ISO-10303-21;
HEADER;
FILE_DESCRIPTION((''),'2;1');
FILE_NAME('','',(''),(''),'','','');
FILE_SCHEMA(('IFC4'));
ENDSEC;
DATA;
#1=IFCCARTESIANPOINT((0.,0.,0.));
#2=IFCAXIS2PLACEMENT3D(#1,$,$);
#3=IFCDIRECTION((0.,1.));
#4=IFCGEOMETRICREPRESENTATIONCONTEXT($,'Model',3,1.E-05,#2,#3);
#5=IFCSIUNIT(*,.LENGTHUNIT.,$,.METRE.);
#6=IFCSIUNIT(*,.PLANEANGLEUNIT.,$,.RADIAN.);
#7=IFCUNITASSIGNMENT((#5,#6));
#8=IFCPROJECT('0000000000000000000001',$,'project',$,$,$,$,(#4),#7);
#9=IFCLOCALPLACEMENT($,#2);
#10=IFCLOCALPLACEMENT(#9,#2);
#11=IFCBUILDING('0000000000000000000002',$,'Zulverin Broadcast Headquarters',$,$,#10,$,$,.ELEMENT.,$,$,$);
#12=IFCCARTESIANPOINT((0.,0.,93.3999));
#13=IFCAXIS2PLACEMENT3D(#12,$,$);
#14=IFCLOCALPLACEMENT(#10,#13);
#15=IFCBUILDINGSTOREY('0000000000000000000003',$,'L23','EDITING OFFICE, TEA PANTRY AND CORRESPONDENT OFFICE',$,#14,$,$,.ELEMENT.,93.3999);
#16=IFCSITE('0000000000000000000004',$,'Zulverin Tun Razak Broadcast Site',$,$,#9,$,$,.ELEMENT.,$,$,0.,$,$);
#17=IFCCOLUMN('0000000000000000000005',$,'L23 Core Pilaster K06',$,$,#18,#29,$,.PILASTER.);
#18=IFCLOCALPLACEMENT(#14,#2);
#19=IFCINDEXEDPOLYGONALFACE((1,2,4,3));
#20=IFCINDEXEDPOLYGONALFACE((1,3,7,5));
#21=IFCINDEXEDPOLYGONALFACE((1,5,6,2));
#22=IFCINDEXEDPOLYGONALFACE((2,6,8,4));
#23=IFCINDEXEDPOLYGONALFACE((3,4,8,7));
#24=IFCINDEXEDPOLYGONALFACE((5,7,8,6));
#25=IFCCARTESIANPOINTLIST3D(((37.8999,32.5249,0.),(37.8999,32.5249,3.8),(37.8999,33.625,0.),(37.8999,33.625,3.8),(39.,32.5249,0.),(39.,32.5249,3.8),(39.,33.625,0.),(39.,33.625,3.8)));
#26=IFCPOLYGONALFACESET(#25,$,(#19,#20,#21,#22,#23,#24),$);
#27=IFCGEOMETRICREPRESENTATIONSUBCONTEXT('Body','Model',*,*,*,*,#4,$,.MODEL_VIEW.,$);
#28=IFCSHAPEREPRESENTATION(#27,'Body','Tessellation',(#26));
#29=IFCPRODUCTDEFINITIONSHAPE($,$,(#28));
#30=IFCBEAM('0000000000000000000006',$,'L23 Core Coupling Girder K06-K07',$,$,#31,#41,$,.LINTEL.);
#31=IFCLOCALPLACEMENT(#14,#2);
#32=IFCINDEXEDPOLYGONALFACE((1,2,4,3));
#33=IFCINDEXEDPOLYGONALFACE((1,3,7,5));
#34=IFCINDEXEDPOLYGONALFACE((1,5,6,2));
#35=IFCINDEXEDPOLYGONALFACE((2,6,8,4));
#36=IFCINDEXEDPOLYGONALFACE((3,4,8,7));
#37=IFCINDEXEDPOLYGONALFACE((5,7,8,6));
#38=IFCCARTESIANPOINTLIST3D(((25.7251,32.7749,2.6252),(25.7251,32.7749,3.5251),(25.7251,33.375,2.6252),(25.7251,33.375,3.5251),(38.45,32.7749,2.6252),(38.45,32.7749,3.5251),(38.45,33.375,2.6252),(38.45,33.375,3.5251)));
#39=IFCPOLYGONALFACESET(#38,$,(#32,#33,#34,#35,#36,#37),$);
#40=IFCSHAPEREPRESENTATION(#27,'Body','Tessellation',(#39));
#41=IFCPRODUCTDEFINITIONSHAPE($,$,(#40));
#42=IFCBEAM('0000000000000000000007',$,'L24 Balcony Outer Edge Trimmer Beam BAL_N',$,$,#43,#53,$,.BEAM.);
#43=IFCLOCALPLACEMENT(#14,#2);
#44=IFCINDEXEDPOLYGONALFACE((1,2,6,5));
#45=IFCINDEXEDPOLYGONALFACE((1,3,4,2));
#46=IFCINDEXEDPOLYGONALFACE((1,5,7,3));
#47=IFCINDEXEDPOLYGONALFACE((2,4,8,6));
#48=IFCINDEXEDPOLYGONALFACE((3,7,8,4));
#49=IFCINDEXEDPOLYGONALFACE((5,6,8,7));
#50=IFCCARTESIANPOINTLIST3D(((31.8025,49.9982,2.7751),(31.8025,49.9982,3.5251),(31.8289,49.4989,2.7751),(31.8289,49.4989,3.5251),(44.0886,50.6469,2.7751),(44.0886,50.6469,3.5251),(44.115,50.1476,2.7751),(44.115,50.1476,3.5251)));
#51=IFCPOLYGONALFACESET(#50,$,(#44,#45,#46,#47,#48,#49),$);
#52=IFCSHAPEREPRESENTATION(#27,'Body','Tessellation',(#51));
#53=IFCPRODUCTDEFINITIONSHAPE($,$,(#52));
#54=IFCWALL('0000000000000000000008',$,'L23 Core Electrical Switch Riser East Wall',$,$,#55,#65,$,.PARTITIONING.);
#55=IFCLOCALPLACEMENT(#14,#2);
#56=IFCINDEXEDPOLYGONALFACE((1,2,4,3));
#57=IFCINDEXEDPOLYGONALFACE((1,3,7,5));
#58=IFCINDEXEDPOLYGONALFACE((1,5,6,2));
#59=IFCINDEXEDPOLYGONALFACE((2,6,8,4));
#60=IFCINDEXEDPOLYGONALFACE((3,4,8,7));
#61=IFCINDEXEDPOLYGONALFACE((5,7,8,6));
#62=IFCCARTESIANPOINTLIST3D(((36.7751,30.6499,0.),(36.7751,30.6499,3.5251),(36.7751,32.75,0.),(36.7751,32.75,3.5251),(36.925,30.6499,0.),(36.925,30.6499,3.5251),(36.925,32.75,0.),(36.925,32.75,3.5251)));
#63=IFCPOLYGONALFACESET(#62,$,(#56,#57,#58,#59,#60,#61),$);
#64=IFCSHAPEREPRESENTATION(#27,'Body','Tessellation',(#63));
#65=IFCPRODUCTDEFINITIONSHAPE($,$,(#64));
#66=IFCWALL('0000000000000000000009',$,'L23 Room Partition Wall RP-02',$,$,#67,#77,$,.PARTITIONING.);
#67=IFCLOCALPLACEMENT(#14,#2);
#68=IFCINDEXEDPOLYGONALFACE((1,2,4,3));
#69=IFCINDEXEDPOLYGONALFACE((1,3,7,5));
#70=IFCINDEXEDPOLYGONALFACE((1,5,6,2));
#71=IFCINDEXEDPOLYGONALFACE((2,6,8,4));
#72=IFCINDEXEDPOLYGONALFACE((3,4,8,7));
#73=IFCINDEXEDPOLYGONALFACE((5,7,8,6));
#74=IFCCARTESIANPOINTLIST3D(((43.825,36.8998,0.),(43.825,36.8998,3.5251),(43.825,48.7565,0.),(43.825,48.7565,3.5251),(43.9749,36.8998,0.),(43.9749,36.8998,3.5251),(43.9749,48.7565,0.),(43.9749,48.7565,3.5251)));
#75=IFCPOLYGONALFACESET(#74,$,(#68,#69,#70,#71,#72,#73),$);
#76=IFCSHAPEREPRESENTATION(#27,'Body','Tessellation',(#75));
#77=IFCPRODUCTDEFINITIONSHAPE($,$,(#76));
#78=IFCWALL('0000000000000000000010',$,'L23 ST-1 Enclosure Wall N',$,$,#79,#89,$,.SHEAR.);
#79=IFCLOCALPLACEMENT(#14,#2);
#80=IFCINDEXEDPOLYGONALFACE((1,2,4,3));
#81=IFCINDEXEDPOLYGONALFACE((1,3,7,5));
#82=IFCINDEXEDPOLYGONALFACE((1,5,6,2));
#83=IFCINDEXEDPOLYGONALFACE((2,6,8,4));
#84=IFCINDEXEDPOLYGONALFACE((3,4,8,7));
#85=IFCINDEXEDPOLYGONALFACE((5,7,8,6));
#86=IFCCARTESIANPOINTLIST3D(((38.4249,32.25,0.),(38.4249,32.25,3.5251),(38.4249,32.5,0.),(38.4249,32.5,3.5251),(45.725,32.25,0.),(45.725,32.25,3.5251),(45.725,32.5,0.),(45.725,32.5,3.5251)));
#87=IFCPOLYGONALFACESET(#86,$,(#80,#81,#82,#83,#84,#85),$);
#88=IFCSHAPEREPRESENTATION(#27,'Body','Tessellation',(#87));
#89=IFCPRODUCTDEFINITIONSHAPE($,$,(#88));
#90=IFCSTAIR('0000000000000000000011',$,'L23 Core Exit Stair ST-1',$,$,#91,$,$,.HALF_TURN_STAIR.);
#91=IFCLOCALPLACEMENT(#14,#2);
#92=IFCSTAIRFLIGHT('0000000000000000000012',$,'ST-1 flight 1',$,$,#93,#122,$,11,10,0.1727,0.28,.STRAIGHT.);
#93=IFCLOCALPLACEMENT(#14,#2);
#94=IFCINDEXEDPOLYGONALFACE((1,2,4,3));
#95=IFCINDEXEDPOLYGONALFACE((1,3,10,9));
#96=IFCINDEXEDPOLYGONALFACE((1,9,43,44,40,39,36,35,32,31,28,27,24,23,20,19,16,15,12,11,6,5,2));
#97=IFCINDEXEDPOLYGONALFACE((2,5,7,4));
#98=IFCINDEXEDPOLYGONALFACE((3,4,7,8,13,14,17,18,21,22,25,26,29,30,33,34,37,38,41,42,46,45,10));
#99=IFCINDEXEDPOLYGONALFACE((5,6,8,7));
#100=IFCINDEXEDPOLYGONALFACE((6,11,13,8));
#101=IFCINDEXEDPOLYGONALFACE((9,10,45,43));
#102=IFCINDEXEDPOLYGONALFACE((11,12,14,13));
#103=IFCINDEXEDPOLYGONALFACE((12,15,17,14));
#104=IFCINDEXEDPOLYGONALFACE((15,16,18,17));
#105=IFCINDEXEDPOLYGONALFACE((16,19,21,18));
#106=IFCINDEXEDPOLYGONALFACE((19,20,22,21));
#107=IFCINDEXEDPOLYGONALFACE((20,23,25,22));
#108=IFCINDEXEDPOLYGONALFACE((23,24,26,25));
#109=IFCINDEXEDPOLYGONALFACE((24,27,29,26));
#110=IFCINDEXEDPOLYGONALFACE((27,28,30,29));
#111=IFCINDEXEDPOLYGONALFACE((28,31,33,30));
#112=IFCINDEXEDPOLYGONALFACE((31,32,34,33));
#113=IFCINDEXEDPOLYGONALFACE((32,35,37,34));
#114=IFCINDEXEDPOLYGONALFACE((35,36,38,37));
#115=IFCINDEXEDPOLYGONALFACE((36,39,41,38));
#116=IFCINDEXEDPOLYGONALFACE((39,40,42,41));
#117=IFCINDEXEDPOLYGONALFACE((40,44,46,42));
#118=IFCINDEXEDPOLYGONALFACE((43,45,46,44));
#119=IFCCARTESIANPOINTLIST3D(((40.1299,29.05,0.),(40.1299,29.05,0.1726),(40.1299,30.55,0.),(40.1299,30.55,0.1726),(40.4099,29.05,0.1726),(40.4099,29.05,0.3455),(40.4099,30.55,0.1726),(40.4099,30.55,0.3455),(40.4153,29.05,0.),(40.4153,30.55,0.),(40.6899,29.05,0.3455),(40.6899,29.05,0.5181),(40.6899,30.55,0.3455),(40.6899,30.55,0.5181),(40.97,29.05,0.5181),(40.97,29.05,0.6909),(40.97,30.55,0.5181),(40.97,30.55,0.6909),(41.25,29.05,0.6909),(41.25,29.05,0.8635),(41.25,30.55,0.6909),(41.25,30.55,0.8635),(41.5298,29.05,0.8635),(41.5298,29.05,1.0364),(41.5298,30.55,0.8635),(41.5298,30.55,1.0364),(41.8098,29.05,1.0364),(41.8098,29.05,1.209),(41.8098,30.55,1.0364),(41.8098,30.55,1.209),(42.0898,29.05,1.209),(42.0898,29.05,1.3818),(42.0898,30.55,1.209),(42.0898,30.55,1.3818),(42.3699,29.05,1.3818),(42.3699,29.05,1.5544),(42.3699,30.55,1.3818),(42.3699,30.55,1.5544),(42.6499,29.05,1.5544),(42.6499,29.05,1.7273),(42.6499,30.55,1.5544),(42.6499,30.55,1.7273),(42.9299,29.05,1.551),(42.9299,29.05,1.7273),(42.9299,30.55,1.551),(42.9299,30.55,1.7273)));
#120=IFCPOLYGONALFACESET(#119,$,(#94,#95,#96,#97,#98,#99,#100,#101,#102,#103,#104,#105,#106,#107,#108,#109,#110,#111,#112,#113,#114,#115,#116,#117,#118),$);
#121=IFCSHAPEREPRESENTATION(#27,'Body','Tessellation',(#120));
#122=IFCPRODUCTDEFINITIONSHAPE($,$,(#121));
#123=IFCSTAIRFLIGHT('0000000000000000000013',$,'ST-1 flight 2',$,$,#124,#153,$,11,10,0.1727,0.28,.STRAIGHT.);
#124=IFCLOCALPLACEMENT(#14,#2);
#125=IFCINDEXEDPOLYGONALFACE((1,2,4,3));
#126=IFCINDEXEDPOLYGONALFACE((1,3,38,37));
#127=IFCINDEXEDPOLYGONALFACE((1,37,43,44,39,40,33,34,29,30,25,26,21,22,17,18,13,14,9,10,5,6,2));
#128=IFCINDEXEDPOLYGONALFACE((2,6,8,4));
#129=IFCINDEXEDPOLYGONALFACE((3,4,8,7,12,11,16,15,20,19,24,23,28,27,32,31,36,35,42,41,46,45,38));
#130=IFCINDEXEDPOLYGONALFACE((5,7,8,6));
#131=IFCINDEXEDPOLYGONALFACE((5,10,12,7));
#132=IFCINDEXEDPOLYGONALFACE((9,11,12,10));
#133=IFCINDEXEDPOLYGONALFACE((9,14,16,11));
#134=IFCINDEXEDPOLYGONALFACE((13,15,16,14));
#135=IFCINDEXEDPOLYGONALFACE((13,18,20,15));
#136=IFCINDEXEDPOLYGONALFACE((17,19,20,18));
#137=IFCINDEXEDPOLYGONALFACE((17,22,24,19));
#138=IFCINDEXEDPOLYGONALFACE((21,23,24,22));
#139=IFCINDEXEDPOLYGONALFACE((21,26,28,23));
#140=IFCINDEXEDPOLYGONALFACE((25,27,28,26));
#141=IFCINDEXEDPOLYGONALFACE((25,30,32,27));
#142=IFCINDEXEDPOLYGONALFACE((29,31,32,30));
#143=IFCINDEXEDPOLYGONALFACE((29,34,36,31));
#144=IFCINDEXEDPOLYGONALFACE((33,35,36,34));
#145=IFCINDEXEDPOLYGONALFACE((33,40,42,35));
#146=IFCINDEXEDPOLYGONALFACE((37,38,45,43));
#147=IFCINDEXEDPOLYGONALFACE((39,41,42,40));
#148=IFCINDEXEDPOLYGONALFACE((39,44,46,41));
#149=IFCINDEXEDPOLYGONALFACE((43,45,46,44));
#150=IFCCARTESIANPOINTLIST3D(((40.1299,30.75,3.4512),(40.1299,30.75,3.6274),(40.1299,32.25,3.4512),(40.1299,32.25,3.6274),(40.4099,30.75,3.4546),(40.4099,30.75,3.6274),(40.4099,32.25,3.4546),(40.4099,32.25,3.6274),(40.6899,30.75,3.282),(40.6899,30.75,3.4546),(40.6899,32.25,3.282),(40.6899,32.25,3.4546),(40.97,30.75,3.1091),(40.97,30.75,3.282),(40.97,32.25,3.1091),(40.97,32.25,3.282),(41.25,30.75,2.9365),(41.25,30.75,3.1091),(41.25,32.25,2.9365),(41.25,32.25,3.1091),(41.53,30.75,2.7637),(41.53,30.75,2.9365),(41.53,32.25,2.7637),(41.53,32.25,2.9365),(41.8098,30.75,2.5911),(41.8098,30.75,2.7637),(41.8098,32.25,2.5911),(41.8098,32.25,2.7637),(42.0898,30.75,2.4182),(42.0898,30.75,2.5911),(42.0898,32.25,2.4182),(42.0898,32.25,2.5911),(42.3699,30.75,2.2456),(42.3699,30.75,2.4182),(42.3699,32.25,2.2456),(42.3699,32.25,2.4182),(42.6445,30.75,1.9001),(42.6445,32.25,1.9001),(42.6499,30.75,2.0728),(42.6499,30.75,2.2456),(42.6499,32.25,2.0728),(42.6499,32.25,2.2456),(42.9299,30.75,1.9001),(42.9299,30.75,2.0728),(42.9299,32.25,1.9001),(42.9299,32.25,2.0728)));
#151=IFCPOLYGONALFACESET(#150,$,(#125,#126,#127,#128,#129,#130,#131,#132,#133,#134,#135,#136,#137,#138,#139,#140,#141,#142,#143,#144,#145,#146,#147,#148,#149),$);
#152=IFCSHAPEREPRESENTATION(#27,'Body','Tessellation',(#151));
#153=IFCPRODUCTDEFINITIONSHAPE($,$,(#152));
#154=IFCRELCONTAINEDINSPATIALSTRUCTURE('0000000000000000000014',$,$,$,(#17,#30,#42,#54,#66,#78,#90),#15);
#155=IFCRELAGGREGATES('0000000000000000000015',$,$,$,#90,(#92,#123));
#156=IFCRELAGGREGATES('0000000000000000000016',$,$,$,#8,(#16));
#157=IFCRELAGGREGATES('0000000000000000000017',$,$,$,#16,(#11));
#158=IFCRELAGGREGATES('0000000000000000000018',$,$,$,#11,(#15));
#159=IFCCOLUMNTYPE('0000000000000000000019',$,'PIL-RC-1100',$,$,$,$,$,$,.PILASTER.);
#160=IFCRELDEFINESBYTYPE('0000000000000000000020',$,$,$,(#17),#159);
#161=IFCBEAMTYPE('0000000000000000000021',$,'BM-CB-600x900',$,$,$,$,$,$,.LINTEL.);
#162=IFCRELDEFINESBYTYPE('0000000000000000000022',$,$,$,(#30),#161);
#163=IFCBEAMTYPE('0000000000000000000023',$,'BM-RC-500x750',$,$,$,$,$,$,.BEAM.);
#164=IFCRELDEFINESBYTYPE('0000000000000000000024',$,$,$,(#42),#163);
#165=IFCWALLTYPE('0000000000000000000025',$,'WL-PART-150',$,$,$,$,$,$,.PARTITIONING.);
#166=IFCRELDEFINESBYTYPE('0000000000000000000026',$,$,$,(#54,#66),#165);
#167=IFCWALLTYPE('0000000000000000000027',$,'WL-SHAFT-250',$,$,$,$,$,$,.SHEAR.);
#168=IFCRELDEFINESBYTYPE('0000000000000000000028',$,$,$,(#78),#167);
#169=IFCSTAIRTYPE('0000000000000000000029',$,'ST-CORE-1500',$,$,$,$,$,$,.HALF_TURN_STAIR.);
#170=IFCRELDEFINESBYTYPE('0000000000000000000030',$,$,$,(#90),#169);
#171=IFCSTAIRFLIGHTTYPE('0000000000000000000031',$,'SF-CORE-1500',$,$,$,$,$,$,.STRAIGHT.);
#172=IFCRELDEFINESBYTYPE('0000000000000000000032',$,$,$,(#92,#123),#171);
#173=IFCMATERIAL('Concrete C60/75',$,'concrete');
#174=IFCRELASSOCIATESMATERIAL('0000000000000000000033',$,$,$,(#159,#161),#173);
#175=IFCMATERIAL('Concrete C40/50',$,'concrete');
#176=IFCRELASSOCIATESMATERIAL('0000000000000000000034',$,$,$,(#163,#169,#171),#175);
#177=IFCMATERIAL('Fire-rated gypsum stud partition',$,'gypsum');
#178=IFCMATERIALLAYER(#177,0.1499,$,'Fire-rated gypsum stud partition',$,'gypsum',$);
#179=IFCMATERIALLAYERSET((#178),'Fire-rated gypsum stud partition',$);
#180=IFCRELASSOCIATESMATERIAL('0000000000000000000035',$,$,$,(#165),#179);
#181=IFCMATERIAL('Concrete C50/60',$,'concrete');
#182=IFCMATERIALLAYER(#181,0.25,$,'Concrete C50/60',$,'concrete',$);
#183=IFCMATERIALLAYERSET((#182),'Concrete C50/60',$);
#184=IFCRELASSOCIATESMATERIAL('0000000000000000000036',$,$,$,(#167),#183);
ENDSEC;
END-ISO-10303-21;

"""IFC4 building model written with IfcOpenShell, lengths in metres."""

from ifc_helpers import new_model, si_unit, direction, frame, frame_2d, origin, origin_2d, place, context, subcontext, project, spatial, polyline, rectangle, outline, extrude, material, layer, layer_set, material_profile, profile_set, type_object, element, aggregate, save


model = new_model("IFC4")

# Units and contexts
model_context = context("Model", 3, precision=1e-05, world=origin(), true_north=direction((0.0, 1.0)))
body_context = subcontext(model_context, "Body", "Model", "MODEL_VIEW")
ifc_project = project(units=[si_unit("LENGTHUNIT", "METRE"), si_unit("PLANEANGLEUNIT", "RADIAN")], contexts=[model_context])

# Site, building, storey
site_placement = place(None, origin())
site = spatial("IfcSite", under=ifc_project, at=site_placement, Name="Zulverin Tun Razak Broadcast Site", CompositionType="ELEMENT", RefElevation=0.0)
building_placement = place(site_placement, origin())
building = spatial("IfcBuilding", under=site, at=building_placement, Name="Zulverin Broadcast Headquarters", CompositionType="ELEMENT")
storey_placement = place(building_placement, frame((0.0, 0.0, 93.3999)))
storey = spatial("IfcBuildingStorey", under=building, at=storey_placement, Name="L23", Description="EDITING OFFICE, TEA PANTRY AND CORRESPONDENT OFFICE", CompositionType="ELEMENT", Elevation=93.3999)

# Column
ifc_material_1 = material(Name="Concrete C60/75", Category="concrete")
ifc_material_profile_1 = material_profile(ifc_material_1, rectangle(XDim=1.1001, YDim=1.1001, at=origin_2d()), Name="Concrete C60/75", Category="concrete")
ifc_profile_set_1 = profile_set([ifc_material_profile_1], Name="Concrete C60/75")
column_type = type_object("IfcColumnType", Name="PIL-RC-1100", PredefinedType="PILASTER", material=ifc_profile_set_1)
column_placement = place(storey_placement, frame((38.45, 33.075, 0.0), z_axis=(0.0, 0.0, 1.0), x_axis=(1.0, 0.0, 0.0)))
element("IfcColumn", 1, at=column_placement, inside=storey, type_object=column_type, Name="L23 Core Pilaster K06", PredefinedType="PILASTER", context=body_context, shape_type="SweptSolid", body=[
    extrude(rectangle(XDim=1.1001, YDim=1.1001, at=origin_2d()), origin(), (0.0, 0.0, 1.0), 3.8),
])

# Beams
ifc_material_profile_2 = material_profile(ifc_material_1, rectangle(XDim=0.6001, YDim=0.8999, at=origin_2d()), Name="Concrete C60/75", Category="concrete")
ifc_profile_set_2 = profile_set([ifc_material_profile_2], Name="Concrete C60/75")
beam_type_1 = type_object("IfcBeamType", Name="BM-CB-600x900", PredefinedType="LINTEL", material=ifc_profile_set_2)
beam_1_placement = place(storey_placement, frame((38.45, 33.075, 3.0752), z_axis=(-1.0, 0.0, 0.0), x_axis=(0.0, -1.0, 0.0)))
element("IfcBeam", 2, at=beam_1_placement, inside=storey, type_object=beam_type_1, Name="L23 Core Coupling Girder K06-K07", PredefinedType="LINTEL", context=body_context, shape_type="SweptSolid", body=[
    extrude(rectangle(XDim=0.6001, YDim=0.8999, at=origin_2d()), origin(), (0.0, 0.0, 1.0), 12.7249),
])
ifc_material_2 = material(Name="Concrete C40/50", Category="concrete")
ifc_material_profile_3 = material_profile(ifc_material_2, rectangle(XDim=0.5, YDim=0.75, at=origin_2d()), Name="Concrete C40/50", Category="concrete")
ifc_profile_set_3 = profile_set([ifc_material_profile_3], Name="Concrete C40/50")
beam_type_2 = type_object("IfcBeamType", Name="BM-RC-500x750", PredefinedType="BEAM", material=ifc_profile_set_3)
beam_2_placement = place(storey_placement, frame((44.1018, 50.3972, 3.1501), z_axis=(-0.998609, -0.052724, 0.0), x_axis=(0.052724, -0.998609, 0.0)))
element("IfcBeam", 3, at=beam_2_placement, inside=storey, type_object=beam_type_2, Name="L24 Balcony Outer Edge Trimmer Beam BAL_N", PredefinedType="BEAM", context=body_context, shape_type="SweptSolid", body=[
    extrude(rectangle(XDim=0.5, YDim=0.75, at=origin_2d()), origin(), (0.0, 0.0, 1.0), 12.3032),
])

# Walls
ifc_material_3 = material(Name="Fire-rated gypsum stud partition", Category="gypsum")
ifc_layer_1 = layer(ifc_material_3, 0.1499, Name="Fire-rated gypsum stud partition", Category="gypsum")
ifc_layer_set_1 = layer_set([ifc_layer_1], Name="Fire-rated gypsum stud partition")
wall_type_1 = type_object("IfcWallType", Name="WL-PART-150", PredefinedType="PARTITIONING", material=ifc_layer_set_1)
wall_1_placement = place(storey_placement, frame((36.8501, 30.6499, 0.0), z_axis=(0.0, 0.0, 1.0), x_axis=(0.0, 1.0, 0.0)))
element("IfcWall", 4, at=wall_1_placement, inside=storey, type_object=wall_type_1, Name="L23 Core Electrical Switch Riser East Wall", PredefinedType="PARTITIONING", context=body_context, shape_type="SweptSolid", body=[
    extrude(rectangle(XDim=2.1001, YDim=0.1499, at=frame_2d((1.05, 0.0))), origin(), (0.0, 0.0, 1.0), 3.5251),
])
wall_2_placement = place(storey_placement, frame((43.8999, 36.8999, 0.0), z_axis=(0.0, 0.0, 1.0), x_axis=(0.0, 1.0, 0.0)))
element("IfcWall", 5, at=wall_2_placement, inside=storey, type_object=wall_type_1, Name="L23 Room Partition Wall RP-02", PredefinedType="PARTITIONING", context=body_context, shape_type="SweptSolid", body=[
    extrude(rectangle(XDim=11.8567, YDim=0.1499, at=frame_2d((5.9282, 0.0))), origin(), (0.0, 0.0, 1.0), 3.5251),
])
ifc_material_4 = material(Name="Concrete C50/60", Category="concrete")
ifc_layer_2 = layer(ifc_material_4, 0.25, Name="Concrete C50/60", Category="concrete")
ifc_layer_set_2 = layer_set([ifc_layer_2], Name="Concrete C50/60")
wall_type_2 = type_object("IfcWallType", Name="WL-SHAFT-250", PredefinedType="SHEAR", material=ifc_layer_set_2)
wall_3_placement = place(storey_placement, frame((38.425, 32.375, 0.0), z_axis=(0.0, 0.0, 1.0), x_axis=(1.0, 0.0, 0.0)))
element("IfcWall", 6, at=wall_3_placement, inside=storey, type_object=wall_type_2, Name="L23 ST-1 Enclosure Wall N", PredefinedType="SHEAR", context=body_context, shape_type="SweptSolid", body=[
    extrude(rectangle(XDim=7.3, YDim=0.25, at=frame_2d((3.6499, 0.0))), origin(), (0.0, 0.0, 1.0), 3.5251),
])

# Stair, stair flights
stair_type = type_object("IfcStairType", Name="ST-CORE-1500", PredefinedType="HALF_TURN_STAIR", material=ifc_material_2)
stair_placement = place(storey_placement, origin())
stair = element("IfcStair", 7, at=stair_placement, inside=storey, type_object=stair_type, Name="L23 Core Exit Stair ST-1", PredefinedType="HALF_TURN_STAIR")
stair_flight_type = type_object("IfcStairFlightType", Name="SF-CORE-1500", PredefinedType="STRAIGHT", material=ifc_material_2)
stair_flight_1_placement = place(storey_placement, frame((40.1299, 29.8, 0.0), z_axis=(0.0, 0.0, 1.0), x_axis=(1.0, 0.0, 0.0)))
stair_flight_1 = element("IfcStairFlight", 8, at=stair_flight_1_placement, type_object=stair_flight_type, Name="ST-1 flight 1", NumberOfRisers=11, NumberOfTreads=10, PredefinedType="STRAIGHT", RiserHeight=0.1727, TreadLength=0.28, context=body_context, shape_type="SweptSolid", body=[
    extrude(outline(polyline([(0.0, 0.0), (0.0, 0.1726), (0.28, 0.1726), (0.28, 0.3455), (0.5601, 0.3455), (0.5601, 0.5181), (0.8401, 0.5181), (0.8401, 0.6909), (1.1201, 0.6909), (1.1201, 0.8635), (1.3999, 0.8635), (1.3999, 1.0364), (1.6799, 1.0364), (1.6799, 1.209), (1.96, 1.209), (1.96, 1.3818), (2.24, 1.3818), (2.24, 1.5544), (2.52, 1.5544), (2.52, 1.7273), (2.8, 1.7273), (2.8, 1.8999), (2.8, 1.551), (0.2854, 0.0), (0.0, 0.0)])), frame((0.0, 0.75, 0.0), z_axis=(0.0, -1.0, 0.0), x_axis=(1.0, 0.0, 0.0)), (0.0, 0.0, 1.0), 1.5),
])
stair_flight_2_placement = place(storey_placement, frame((42.9299, 31.5, 1.9001), z_axis=(0.0, 0.0, 1.0), x_axis=(-1.0, 0.0, 0.0)))
stair_flight_2 = element("IfcStairFlight", 9, at=stair_flight_2_placement, type_object=stair_flight_type, Name="ST-1 flight 2", NumberOfRisers=11, NumberOfTreads=10, PredefinedType="STRAIGHT", RiserHeight=0.1727, TreadLength=0.28, context=body_context, shape_type="SweptSolid", body=[
    extrude(outline(polyline([(0.0, 0.0), (0.0, 0.1726), (0.28, 0.1726), (0.28, 0.3455), (0.5601, 0.3455), (0.5601, 0.5181), (0.8401, 0.5181), (0.8401, 0.6909), (1.1201, 0.6909), (1.1201, 0.8635), (1.3999, 0.8635), (1.3999, 1.0364), (1.6799, 1.0364), (1.6799, 1.209), (1.96, 1.209), (1.96, 1.3818), (2.24, 1.3818), (2.24, 1.5544), (2.52, 1.5544), (2.52, 1.7273), (2.8, 1.7273), (2.8, 1.8999), (2.8, 1.551), (0.2854, 0.0), (0.0, 0.0)])), frame((0.0, 0.75, 0.0), z_axis=(0.0, -1.0, 0.0), x_axis=(1.0, 0.0, 0.0)), (0.0, 0.0, 1.0), 1.5),
])
aggregate(stair, [stair_flight_1, stair_flight_2])

save(model, "model.ifc")
